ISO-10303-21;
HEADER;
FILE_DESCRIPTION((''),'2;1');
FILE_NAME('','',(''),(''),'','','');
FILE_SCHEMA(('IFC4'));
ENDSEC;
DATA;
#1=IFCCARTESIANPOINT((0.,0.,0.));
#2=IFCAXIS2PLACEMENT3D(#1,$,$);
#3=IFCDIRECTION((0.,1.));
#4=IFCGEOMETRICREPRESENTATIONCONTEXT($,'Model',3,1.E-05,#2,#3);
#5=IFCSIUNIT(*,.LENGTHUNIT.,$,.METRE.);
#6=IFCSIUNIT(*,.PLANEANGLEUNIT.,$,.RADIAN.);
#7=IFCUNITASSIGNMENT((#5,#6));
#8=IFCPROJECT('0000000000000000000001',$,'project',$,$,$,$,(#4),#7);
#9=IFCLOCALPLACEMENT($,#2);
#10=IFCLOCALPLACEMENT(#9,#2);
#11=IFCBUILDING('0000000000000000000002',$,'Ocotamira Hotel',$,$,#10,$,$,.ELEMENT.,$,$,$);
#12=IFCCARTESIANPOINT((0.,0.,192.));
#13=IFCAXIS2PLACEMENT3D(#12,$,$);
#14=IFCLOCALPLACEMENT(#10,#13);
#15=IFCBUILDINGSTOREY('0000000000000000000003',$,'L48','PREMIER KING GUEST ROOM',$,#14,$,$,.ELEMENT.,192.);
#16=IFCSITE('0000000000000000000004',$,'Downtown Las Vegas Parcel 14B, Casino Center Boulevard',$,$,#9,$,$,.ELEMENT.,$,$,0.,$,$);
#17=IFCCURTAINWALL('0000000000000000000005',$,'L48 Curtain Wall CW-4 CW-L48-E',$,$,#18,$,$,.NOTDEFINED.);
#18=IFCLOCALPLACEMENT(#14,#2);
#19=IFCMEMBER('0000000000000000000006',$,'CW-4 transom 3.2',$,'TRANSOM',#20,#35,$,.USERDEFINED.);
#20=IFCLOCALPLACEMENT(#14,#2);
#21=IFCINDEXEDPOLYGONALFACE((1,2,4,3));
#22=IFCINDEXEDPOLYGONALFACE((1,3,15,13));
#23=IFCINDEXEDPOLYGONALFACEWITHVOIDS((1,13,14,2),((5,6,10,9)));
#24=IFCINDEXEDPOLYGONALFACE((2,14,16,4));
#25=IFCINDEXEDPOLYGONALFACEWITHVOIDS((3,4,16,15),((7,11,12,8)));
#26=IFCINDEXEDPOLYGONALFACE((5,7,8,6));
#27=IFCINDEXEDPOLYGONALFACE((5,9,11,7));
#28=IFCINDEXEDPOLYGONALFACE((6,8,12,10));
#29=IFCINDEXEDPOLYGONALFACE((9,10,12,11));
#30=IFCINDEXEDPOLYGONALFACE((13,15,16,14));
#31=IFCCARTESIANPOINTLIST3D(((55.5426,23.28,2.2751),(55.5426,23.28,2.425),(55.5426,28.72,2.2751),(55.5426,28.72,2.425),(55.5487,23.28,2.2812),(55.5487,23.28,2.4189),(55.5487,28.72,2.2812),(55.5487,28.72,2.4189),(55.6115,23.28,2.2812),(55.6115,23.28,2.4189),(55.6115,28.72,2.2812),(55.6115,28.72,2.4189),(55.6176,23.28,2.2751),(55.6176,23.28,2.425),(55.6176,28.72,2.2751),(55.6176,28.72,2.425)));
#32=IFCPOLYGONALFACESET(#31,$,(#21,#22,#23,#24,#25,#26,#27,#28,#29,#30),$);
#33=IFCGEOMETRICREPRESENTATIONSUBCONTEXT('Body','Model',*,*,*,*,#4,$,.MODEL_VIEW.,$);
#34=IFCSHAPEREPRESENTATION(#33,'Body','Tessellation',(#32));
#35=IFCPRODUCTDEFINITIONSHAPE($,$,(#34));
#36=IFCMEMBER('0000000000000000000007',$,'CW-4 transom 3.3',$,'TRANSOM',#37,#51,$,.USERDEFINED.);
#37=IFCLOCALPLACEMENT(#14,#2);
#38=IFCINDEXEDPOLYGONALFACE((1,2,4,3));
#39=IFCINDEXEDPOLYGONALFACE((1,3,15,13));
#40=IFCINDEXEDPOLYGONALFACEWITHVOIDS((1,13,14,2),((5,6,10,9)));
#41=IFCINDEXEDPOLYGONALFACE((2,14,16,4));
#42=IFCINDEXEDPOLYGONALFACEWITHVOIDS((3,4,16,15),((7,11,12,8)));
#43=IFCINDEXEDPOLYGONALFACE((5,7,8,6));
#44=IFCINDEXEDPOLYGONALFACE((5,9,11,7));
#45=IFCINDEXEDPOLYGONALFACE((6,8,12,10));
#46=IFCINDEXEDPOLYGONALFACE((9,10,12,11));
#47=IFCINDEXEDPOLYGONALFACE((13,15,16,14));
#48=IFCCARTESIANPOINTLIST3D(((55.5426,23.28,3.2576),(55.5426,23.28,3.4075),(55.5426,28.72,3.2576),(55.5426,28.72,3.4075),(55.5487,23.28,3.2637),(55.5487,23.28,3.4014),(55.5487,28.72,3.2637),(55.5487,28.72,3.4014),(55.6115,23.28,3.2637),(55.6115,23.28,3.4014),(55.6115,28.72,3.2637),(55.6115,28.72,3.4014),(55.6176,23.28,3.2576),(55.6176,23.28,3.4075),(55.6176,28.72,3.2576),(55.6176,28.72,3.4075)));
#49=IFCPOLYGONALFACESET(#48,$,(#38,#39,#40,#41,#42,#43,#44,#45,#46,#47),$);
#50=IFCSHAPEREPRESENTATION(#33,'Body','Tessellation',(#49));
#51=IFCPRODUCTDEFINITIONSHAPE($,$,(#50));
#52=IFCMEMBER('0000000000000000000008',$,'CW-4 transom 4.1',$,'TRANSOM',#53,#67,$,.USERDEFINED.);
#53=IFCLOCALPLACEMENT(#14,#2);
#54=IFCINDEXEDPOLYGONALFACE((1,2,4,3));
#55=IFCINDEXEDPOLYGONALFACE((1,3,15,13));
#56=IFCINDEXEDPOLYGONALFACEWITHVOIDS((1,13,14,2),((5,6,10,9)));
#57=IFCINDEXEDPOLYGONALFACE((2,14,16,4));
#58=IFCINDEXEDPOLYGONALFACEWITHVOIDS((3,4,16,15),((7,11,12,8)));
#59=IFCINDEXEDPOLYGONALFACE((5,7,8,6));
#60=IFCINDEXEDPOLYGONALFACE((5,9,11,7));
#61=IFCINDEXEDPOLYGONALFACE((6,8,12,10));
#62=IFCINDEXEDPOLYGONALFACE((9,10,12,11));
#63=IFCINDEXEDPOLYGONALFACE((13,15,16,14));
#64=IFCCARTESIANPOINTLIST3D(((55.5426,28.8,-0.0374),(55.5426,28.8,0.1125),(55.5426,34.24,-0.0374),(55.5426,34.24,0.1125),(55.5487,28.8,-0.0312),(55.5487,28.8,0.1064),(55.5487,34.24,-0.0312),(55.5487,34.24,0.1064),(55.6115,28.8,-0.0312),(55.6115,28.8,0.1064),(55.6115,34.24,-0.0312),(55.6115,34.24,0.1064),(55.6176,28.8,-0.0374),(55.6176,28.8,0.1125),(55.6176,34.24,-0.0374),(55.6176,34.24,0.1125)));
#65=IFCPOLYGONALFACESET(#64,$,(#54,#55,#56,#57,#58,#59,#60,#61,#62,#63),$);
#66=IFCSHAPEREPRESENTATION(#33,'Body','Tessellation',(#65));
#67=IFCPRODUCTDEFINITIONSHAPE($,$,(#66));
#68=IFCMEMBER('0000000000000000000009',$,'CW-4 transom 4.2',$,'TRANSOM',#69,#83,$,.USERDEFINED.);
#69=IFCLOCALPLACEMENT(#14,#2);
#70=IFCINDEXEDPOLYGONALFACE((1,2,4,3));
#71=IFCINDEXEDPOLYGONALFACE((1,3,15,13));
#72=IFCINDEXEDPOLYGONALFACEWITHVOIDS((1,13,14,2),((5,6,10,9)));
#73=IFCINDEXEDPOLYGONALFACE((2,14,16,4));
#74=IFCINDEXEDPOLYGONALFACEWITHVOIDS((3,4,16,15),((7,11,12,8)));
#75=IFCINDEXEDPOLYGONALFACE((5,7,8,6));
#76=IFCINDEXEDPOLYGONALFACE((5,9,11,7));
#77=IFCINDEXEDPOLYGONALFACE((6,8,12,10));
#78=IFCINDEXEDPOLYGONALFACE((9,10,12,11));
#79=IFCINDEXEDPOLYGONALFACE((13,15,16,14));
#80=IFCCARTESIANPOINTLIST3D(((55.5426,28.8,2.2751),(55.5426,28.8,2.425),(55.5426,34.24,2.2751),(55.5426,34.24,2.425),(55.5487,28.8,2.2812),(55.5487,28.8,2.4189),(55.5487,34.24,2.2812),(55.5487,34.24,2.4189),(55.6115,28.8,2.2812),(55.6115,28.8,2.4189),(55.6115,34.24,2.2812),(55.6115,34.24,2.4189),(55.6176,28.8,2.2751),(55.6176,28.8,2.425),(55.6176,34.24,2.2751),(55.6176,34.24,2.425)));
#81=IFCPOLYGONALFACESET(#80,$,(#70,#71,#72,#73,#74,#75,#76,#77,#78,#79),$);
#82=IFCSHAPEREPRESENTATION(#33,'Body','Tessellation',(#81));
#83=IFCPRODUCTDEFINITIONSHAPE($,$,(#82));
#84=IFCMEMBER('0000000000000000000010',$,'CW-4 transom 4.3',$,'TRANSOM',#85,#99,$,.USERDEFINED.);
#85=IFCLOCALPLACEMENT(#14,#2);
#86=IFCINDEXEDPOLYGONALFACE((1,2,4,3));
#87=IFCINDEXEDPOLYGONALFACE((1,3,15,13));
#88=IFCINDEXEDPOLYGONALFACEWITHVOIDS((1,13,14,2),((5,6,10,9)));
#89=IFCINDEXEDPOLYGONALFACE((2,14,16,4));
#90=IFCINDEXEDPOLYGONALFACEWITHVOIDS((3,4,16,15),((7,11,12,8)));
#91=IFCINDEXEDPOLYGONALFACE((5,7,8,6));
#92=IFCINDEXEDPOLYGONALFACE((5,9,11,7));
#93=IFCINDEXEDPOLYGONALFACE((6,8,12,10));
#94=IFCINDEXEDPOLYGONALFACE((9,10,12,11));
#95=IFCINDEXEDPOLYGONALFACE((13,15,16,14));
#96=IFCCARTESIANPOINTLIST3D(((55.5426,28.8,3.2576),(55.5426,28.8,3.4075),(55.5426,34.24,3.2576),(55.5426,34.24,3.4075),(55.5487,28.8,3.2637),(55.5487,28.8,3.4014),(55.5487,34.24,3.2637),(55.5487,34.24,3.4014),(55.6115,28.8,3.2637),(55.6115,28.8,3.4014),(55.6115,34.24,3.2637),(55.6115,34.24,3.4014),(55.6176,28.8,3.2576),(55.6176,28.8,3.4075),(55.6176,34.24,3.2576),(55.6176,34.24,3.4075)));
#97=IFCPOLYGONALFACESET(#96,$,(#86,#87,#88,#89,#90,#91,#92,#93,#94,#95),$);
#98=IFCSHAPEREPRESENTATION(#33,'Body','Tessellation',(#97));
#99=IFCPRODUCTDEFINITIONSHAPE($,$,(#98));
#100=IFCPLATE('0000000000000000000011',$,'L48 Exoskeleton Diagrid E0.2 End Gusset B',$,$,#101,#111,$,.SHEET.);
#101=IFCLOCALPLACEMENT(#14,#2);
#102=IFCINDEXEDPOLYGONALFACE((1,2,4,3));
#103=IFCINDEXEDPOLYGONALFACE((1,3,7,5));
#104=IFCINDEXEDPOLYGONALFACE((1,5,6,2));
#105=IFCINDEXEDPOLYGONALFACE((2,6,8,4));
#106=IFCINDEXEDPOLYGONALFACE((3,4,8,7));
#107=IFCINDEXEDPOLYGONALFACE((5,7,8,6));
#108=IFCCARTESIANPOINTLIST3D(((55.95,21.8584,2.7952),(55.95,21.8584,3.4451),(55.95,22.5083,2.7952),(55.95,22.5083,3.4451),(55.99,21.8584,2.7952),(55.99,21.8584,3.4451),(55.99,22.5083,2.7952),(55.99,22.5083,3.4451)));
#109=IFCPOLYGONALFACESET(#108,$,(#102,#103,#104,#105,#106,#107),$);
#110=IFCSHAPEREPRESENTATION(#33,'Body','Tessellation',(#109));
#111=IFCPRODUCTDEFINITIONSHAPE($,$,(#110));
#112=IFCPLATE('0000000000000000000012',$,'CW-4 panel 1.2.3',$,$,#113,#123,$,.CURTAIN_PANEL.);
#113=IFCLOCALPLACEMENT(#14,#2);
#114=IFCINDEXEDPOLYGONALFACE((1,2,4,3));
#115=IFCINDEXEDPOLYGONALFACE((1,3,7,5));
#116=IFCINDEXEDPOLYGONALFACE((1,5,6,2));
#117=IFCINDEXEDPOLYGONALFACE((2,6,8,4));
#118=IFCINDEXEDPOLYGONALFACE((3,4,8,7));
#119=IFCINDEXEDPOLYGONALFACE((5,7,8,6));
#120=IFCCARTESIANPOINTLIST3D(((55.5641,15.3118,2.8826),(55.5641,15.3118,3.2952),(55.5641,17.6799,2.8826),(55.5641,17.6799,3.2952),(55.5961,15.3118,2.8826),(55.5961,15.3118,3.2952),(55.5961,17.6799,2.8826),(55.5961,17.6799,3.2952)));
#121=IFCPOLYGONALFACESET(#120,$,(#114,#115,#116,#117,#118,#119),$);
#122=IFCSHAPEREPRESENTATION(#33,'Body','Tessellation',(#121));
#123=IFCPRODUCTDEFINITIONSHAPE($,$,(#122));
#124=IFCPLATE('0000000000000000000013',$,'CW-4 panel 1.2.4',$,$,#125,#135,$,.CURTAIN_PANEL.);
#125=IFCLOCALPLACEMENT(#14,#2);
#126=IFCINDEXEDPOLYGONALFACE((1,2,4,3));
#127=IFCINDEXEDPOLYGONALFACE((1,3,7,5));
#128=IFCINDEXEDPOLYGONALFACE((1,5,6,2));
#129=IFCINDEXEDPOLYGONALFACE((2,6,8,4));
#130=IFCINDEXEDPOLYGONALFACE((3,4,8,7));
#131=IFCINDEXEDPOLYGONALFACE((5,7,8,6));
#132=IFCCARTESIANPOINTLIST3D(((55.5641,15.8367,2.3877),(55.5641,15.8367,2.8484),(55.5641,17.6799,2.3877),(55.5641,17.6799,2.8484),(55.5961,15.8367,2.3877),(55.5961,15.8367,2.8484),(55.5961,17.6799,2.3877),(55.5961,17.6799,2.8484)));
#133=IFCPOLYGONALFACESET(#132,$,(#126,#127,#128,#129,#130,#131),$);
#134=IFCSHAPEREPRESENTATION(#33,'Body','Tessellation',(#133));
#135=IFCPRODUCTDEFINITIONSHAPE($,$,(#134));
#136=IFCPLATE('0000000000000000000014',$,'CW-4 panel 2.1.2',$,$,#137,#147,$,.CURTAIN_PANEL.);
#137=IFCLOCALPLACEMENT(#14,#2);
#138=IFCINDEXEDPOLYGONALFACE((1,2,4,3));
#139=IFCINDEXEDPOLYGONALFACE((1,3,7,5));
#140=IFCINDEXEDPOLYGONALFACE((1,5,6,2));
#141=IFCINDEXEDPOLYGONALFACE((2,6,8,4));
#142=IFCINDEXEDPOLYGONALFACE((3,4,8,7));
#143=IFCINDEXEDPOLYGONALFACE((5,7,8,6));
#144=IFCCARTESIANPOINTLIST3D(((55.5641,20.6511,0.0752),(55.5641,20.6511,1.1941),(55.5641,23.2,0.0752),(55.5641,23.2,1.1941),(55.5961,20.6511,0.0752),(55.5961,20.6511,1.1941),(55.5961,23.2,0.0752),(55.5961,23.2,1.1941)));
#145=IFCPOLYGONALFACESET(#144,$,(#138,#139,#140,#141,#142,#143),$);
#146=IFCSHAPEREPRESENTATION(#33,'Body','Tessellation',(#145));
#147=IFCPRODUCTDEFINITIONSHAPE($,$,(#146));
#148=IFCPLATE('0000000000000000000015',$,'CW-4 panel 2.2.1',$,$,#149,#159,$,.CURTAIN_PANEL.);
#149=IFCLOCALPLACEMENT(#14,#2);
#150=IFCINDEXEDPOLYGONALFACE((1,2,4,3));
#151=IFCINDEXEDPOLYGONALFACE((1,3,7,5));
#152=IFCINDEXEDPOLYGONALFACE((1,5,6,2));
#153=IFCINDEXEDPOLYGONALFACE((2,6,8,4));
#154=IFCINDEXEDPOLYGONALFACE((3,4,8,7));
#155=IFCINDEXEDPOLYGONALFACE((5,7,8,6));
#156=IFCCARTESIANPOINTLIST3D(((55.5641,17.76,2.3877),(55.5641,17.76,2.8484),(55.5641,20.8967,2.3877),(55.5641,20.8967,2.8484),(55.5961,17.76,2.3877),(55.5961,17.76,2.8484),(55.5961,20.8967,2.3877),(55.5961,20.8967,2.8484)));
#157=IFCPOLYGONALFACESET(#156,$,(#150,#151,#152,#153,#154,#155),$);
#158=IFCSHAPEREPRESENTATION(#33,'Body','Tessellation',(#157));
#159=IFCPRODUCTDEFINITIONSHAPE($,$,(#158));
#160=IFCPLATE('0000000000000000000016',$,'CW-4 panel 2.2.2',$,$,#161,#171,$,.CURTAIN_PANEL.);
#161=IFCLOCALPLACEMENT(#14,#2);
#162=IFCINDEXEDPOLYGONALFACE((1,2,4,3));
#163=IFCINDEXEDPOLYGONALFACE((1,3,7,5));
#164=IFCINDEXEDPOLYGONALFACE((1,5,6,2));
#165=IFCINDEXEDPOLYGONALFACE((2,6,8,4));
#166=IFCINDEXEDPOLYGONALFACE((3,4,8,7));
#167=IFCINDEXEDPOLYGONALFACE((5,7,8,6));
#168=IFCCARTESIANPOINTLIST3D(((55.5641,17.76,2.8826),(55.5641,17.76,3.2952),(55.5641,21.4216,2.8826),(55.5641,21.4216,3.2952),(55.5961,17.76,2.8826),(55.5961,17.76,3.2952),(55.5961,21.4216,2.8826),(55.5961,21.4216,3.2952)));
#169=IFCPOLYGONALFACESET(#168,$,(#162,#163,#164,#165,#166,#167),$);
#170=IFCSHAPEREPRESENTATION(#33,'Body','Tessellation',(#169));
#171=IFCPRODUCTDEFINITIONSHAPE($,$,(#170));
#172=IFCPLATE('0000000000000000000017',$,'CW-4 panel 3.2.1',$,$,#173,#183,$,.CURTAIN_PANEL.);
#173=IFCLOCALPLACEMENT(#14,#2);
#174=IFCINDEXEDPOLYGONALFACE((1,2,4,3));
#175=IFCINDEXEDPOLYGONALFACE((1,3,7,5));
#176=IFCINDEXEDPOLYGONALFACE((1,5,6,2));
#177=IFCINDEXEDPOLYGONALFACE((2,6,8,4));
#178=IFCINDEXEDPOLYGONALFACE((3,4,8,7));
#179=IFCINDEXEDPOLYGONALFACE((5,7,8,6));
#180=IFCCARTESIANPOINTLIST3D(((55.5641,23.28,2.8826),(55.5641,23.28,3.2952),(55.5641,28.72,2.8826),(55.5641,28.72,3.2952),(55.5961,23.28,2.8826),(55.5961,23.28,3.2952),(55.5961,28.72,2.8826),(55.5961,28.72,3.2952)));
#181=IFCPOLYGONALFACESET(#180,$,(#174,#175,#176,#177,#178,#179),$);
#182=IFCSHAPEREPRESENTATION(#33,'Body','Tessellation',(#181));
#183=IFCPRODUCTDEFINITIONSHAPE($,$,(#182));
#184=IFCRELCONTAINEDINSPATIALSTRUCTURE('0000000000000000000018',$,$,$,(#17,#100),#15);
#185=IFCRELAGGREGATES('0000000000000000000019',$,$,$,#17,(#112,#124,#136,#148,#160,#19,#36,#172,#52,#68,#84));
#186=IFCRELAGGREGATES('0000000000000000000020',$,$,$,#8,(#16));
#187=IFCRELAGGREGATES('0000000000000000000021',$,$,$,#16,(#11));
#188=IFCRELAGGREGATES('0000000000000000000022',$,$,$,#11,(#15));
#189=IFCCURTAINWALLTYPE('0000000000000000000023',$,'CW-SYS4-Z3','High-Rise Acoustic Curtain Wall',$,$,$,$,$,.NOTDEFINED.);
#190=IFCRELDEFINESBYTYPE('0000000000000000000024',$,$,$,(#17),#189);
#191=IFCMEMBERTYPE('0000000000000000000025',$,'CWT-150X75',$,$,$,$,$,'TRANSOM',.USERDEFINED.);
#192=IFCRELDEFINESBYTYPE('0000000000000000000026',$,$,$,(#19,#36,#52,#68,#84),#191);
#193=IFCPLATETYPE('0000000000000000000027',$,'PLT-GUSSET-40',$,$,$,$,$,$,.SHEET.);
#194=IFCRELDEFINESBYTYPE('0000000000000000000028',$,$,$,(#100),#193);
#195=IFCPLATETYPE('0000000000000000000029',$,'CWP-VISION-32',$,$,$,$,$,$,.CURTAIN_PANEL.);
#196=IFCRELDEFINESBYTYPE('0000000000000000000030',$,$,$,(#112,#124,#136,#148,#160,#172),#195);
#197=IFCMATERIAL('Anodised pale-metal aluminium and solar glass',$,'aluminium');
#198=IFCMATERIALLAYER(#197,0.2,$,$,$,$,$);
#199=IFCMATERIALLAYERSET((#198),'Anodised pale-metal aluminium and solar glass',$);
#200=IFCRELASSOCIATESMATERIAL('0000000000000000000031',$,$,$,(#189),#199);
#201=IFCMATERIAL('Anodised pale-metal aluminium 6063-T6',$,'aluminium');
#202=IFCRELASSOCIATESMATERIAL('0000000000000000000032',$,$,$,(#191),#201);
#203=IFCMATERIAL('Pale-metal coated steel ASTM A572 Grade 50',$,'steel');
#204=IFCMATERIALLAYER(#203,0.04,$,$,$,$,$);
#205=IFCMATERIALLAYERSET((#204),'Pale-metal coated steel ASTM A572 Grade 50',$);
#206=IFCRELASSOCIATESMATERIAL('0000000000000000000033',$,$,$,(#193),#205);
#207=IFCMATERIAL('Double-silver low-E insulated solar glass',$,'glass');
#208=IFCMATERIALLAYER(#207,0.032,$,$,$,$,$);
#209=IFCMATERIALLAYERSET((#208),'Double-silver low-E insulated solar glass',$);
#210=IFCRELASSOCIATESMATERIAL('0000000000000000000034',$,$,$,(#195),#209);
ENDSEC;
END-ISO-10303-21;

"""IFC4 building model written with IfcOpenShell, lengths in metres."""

from ifc_helpers import new_model, si_unit, direction, frame, origin, origin_2d, place, context, subcontext, project, spatial, rectangle, hollow_rectangle, extrude, source, transform, mapped, material, layer, layer_set, material_profile, profile_set, type_object, element, aggregate, save


model = new_model("IFC4")

# Units and contexts
model_context = context("Model", 3, precision=1e-05, world=origin(), true_north=direction((0.0, 1.0)))
body_context = subcontext(model_context, "Body", "Model", "MODEL_VIEW")
ifc_project = project(units=[si_unit("LENGTHUNIT", "METRE"), si_unit("PLANEANGLEUNIT", "RADIAN")], contexts=[model_context])

# Site, building, storey
site_placement = place(None, origin())
site = spatial("IfcSite", under=ifc_project, at=site_placement, Name="Downtown Las Vegas Parcel 14B, Casino Center Boulevard", CompositionType="ELEMENT", RefElevation=0.0)
building_placement = place(site_placement, origin())
building = spatial("IfcBuilding", under=site, at=building_placement, Name="Ocotamira Hotel", CompositionType="ELEMENT")
storey_placement = place(building_placement, frame((0.0, 0.0, 192.0)))
storey = spatial("IfcBuildingStorey", under=building, at=storey_placement, Name="L48", Description="PREMIER KING GUEST ROOM", CompositionType="ELEMENT", Elevation=192.0)

# Curtain wall, members
ifc_material_1 = material(Name="Anodised pale-metal aluminium and solar glass", Category="aluminium")
ifc_layer_1 = layer(ifc_material_1, 0.2)
ifc_layer_set_1 = layer_set([ifc_layer_1], Name="Anodised pale-metal aluminium and solar glass")
curtain_wall_type = type_object("IfcCurtainWallType", Name="CW-SYS4-Z3", Description="High-Rise Acoustic Curtain Wall", PredefinedType="NOTDEFINED", material=ifc_layer_set_1)
curtain_wall_placement = place(storey_placement, origin())
curtain_wall = element("IfcCurtainWall", 1, at=curtain_wall_placement, inside=storey, type_object=curtain_wall_type, Name="L48 Curtain Wall CW-4 CW-L48-E", PredefinedType="NOTDEFINED")
ifc_material_2 = material(Name="Anodised pale-metal aluminium 6063-T6", Category="aluminium")
ifc_material_profile_1 = material_profile(ifc_material_2, hollow_rectangle(XDim=0.075, YDim=0.1499, WallThickness=0.0061, at=origin_2d()), Name="HSS150X75X6")
ifc_profile_set_1 = profile_set([ifc_material_profile_1], Name="Anodised pale-metal aluminium 6063-T6")
member_type_1 = type_object("IfcMemberType", Name="CWT-150X75", ElementType="TRANSOM", PredefinedType="USERDEFINED", material=ifc_profile_set_1)
shared_shape_1 = source(origin(), body_context, "Body", "SweptSolid", [
    extrude(hollow_rectangle(XDim=0.075, YDim=0.1499, WallThickness=0.0061, at=origin_2d()), origin(), (0.0, 0.0, 1.0), 5.4399),
])
member_1_placement = place(storey_placement, frame((55.5801, 23.28, 2.3501), z_axis=(0.0, 1.0, 0.0), x_axis=(-1.0, 0.0, 0.0)))
member_1 = element("IfcMember", 2, at=member_1_placement, type_object=member_type_1, Name="CW-4 transom 3.2", ObjectType="TRANSOM", PredefinedType="USERDEFINED", context=body_context, shape_type="MappedRepresentation", body=[
    mapped(shared_shape_1, transform((0.0, 0.0, 0.0), scale=1.0)),
])
member_2_placement = place(storey_placement, frame((55.5801, 23.28, 3.3325), z_axis=(0.0, 1.0, 0.0), x_axis=(-1.0, 0.0, 0.0)))
member_2 = element("IfcMember", 3, at=member_2_placement, type_object=member_type_1, Name="CW-4 transom 3.3", ObjectType="TRANSOM", PredefinedType="USERDEFINED", context=body_context, shape_type="MappedRepresentation", body=[
    mapped(shared_shape_1, transform((0.0, 0.0, 0.0), scale=1.0)),
])
member_3_placement = place(storey_placement, frame((55.5801, 28.8, 0.0376), z_axis=(0.0, 1.0, 0.0), x_axis=(-1.0, 0.0, 0.0)))
member_3 = element("IfcMember", 4, at=member_3_placement, type_object=member_type_1, Name="CW-4 transom 4.1", ObjectType="TRANSOM", PredefinedType="USERDEFINED", context=body_context, shape_type="MappedRepresentation", body=[
    mapped(shared_shape_1, transform((0.0, 0.0, 0.0), scale=1.0)),
])
member_4_placement = place(storey_placement, frame((55.5801, 28.8, 2.3501), z_axis=(0.0, 1.0, 0.0), x_axis=(-1.0, 0.0, 0.0)))
member_4 = element("IfcMember", 5, at=member_4_placement, type_object=member_type_1, Name="CW-4 transom 4.2", ObjectType="TRANSOM", PredefinedType="USERDEFINED", context=body_context, shape_type="MappedRepresentation", body=[
    mapped(shared_shape_1, transform((0.0, 0.0, 0.0), scale=1.0)),
])
member_5_placement = place(storey_placement, frame((55.5801, 28.8, 3.3325), z_axis=(0.0, 1.0, 0.0), x_axis=(-1.0, 0.0, 0.0)))
member_5 = element("IfcMember", 6, at=member_5_placement, type_object=member_type_1, Name="CW-4 transom 4.3", ObjectType="TRANSOM", PredefinedType="USERDEFINED", context=body_context, shape_type="MappedRepresentation", body=[
    mapped(shared_shape_1, transform((0.0, 0.0, 0.0), scale=1.0)),
])

# Plates
ifc_material_3 = material(Name="Pale-metal coated steel ASTM A572 Grade 50", Category="steel")
ifc_layer_2 = layer(ifc_material_3, 0.04)
ifc_layer_set_2 = layer_set([ifc_layer_2], Name="Pale-metal coated steel ASTM A572 Grade 50")
plate_type_1 = type_object("IfcPlateType", Name="PLT-GUSSET-40", PredefinedType="SHEET", material=ifc_layer_set_2)
shared_shape_2 = source(origin(), body_context, "Body", "SweptSolid", [
    extrude(rectangle(XDim=0.04, YDim=0.6499, at=origin_2d()), origin(), (0.0, 0.0, 1.0), 0.6499),
])
plate_1_placement = place(storey_placement, frame((55.97, 22.1833, 2.7952), z_axis=(0.0, 0.0, 1.0), x_axis=(1.0, 0.0, 0.0)))
element("IfcPlate", 7, at=plate_1_placement, inside=storey, type_object=plate_type_1, Name="L48 Exoskeleton Diagrid E0.2 End Gusset B", PredefinedType="SHEET", context=body_context, shape_type="MappedRepresentation", body=[
    mapped(shared_shape_2, transform((0.0, 0.0, 0.0), scale=1.0)),
])
ifc_material_4 = material(Name="Double-silver low-E insulated solar glass", Category="glass")
ifc_layer_3 = layer(ifc_material_4, 0.032)
ifc_layer_set_3 = layer_set([ifc_layer_3], Name="Double-silver low-E insulated solar glass")
plate_type_2 = type_object("IfcPlateType", Name="CWP-VISION-32", PredefinedType="CURTAIN_PANEL", material=ifc_layer_set_3)
shared_shape_3 = source(origin(), body_context, "Body", "SweptSolid", [
    extrude(rectangle(XDim=2.3682, YDim=0.032, at=origin_2d()), origin(), (0.0, 0.0, 1.0), 0.4126),
])
plate_2_placement = place(storey_placement, frame((55.5801, 16.4958, 2.8826), z_axis=(0.0, 0.0, 1.0), x_axis=(0.0, 1.0, 0.0)))
plate_2 = element("IfcPlate", 8, at=plate_2_placement, type_object=plate_type_2, Name="CW-4 panel 1.2.3", PredefinedType="CURTAIN_PANEL", context=body_context, shape_type="MappedRepresentation", body=[
    mapped(shared_shape_3, transform((0.0, 0.0, 0.0), scale=1.0)),
])
shared_shape_4 = source(origin(), body_context, "Body", "SweptSolid", [
    extrude(rectangle(XDim=1.8433, YDim=0.032, at=origin_2d()), origin(), (0.0, 0.0, 1.0), 0.4607),
])
plate_3_placement = place(storey_placement, frame((55.5801, 16.7583, 2.3877), z_axis=(0.0, 0.0, 1.0), x_axis=(0.0, 1.0, 0.0)))
plate_3 = element("IfcPlate", 9, at=plate_3_placement, type_object=plate_type_2, Name="CW-4 panel 1.2.4", PredefinedType="CURTAIN_PANEL", context=body_context, shape_type="MappedRepresentation", body=[
    mapped(shared_shape_4, transform((0.0, 0.0, 0.0), scale=1.0)),
])
shared_shape_5 = source(origin(), body_context, "Body", "SweptSolid", [
    extrude(rectangle(XDim=2.5488, YDim=0.032, at=origin_2d()), origin(), (0.0, 0.0, 1.0), 1.1189),
])
plate_4_placement = place(storey_placement, frame((55.5801, 21.9255, 0.0752), z_axis=(0.0, 0.0, 1.0), x_axis=(0.0, 1.0, 0.0)))
plate_4 = element("IfcPlate", 10, at=plate_4_placement, type_object=plate_type_2, Name="CW-4 panel 2.1.2", PredefinedType="CURTAIN_PANEL", context=body_context, shape_type="MappedRepresentation", body=[
    mapped(shared_shape_5, transform((0.0, 0.0, 0.0), scale=1.0)),
])
shared_shape_6 = source(origin(), body_context, "Body", "SweptSolid", [
    extrude(rectangle(XDim=3.1367, YDim=0.032, at=origin_2d()), origin(), (0.0, 0.0, 1.0), 0.4607),
])
plate_5_placement = place(storey_placement, frame((55.5801, 19.3284, 2.3877), z_axis=(0.0, 0.0, 1.0), x_axis=(0.0, 1.0, 0.0)))
plate_5 = element("IfcPlate", 11, at=plate_5_placement, type_object=plate_type_2, Name="CW-4 panel 2.2.1", PredefinedType="CURTAIN_PANEL", context=body_context, shape_type="MappedRepresentation", body=[
    mapped(shared_shape_6, transform((0.0, 0.0, 0.0), scale=1.0)),
])
shared_shape_7 = source(origin(), body_context, "Body", "SweptSolid", [
    extrude(rectangle(XDim=3.6616, YDim=0.032, at=origin_2d()), origin(), (0.0, 0.0, 1.0), 0.4126),
])
plate_6_placement = place(storey_placement, frame((55.5801, 19.5908, 2.8826), z_axis=(0.0, 0.0, 1.0), x_axis=(0.0, 1.0, 0.0)))
plate_6 = element("IfcPlate", 12, at=plate_6_placement, type_object=plate_type_2, Name="CW-4 panel 2.2.2", PredefinedType="CURTAIN_PANEL", context=body_context, shape_type="MappedRepresentation", body=[
    mapped(shared_shape_7, transform((0.0, 0.0, 0.0), scale=1.0)),
])
shared_shape_8 = source(origin(), body_context, "Body", "SweptSolid", [
    extrude(rectangle(XDim=5.4399, YDim=0.032, at=origin_2d()), origin(), (0.0, 0.0, 1.0), 0.4126),
])
plate_7_placement = place(storey_placement, frame((55.5801, 26.0, 2.8826), z_axis=(0.0, 0.0, 1.0), x_axis=(0.0, 1.0, 0.0)))
plate_7 = element("IfcPlate", 13, at=plate_7_placement, type_object=plate_type_2, Name="CW-4 panel 3.2.1", PredefinedType="CURTAIN_PANEL", context=body_context, shape_type="MappedRepresentation", body=[
    mapped(shared_shape_8, transform((0.0, 0.0, 0.0), scale=1.0)),
])
aggregate(curtain_wall, [plate_2, plate_3, plate_4, plate_5, plate_6, member_1, member_2, plate_7, member_3, member_4, member_5])

save(model, "model.ifc")
